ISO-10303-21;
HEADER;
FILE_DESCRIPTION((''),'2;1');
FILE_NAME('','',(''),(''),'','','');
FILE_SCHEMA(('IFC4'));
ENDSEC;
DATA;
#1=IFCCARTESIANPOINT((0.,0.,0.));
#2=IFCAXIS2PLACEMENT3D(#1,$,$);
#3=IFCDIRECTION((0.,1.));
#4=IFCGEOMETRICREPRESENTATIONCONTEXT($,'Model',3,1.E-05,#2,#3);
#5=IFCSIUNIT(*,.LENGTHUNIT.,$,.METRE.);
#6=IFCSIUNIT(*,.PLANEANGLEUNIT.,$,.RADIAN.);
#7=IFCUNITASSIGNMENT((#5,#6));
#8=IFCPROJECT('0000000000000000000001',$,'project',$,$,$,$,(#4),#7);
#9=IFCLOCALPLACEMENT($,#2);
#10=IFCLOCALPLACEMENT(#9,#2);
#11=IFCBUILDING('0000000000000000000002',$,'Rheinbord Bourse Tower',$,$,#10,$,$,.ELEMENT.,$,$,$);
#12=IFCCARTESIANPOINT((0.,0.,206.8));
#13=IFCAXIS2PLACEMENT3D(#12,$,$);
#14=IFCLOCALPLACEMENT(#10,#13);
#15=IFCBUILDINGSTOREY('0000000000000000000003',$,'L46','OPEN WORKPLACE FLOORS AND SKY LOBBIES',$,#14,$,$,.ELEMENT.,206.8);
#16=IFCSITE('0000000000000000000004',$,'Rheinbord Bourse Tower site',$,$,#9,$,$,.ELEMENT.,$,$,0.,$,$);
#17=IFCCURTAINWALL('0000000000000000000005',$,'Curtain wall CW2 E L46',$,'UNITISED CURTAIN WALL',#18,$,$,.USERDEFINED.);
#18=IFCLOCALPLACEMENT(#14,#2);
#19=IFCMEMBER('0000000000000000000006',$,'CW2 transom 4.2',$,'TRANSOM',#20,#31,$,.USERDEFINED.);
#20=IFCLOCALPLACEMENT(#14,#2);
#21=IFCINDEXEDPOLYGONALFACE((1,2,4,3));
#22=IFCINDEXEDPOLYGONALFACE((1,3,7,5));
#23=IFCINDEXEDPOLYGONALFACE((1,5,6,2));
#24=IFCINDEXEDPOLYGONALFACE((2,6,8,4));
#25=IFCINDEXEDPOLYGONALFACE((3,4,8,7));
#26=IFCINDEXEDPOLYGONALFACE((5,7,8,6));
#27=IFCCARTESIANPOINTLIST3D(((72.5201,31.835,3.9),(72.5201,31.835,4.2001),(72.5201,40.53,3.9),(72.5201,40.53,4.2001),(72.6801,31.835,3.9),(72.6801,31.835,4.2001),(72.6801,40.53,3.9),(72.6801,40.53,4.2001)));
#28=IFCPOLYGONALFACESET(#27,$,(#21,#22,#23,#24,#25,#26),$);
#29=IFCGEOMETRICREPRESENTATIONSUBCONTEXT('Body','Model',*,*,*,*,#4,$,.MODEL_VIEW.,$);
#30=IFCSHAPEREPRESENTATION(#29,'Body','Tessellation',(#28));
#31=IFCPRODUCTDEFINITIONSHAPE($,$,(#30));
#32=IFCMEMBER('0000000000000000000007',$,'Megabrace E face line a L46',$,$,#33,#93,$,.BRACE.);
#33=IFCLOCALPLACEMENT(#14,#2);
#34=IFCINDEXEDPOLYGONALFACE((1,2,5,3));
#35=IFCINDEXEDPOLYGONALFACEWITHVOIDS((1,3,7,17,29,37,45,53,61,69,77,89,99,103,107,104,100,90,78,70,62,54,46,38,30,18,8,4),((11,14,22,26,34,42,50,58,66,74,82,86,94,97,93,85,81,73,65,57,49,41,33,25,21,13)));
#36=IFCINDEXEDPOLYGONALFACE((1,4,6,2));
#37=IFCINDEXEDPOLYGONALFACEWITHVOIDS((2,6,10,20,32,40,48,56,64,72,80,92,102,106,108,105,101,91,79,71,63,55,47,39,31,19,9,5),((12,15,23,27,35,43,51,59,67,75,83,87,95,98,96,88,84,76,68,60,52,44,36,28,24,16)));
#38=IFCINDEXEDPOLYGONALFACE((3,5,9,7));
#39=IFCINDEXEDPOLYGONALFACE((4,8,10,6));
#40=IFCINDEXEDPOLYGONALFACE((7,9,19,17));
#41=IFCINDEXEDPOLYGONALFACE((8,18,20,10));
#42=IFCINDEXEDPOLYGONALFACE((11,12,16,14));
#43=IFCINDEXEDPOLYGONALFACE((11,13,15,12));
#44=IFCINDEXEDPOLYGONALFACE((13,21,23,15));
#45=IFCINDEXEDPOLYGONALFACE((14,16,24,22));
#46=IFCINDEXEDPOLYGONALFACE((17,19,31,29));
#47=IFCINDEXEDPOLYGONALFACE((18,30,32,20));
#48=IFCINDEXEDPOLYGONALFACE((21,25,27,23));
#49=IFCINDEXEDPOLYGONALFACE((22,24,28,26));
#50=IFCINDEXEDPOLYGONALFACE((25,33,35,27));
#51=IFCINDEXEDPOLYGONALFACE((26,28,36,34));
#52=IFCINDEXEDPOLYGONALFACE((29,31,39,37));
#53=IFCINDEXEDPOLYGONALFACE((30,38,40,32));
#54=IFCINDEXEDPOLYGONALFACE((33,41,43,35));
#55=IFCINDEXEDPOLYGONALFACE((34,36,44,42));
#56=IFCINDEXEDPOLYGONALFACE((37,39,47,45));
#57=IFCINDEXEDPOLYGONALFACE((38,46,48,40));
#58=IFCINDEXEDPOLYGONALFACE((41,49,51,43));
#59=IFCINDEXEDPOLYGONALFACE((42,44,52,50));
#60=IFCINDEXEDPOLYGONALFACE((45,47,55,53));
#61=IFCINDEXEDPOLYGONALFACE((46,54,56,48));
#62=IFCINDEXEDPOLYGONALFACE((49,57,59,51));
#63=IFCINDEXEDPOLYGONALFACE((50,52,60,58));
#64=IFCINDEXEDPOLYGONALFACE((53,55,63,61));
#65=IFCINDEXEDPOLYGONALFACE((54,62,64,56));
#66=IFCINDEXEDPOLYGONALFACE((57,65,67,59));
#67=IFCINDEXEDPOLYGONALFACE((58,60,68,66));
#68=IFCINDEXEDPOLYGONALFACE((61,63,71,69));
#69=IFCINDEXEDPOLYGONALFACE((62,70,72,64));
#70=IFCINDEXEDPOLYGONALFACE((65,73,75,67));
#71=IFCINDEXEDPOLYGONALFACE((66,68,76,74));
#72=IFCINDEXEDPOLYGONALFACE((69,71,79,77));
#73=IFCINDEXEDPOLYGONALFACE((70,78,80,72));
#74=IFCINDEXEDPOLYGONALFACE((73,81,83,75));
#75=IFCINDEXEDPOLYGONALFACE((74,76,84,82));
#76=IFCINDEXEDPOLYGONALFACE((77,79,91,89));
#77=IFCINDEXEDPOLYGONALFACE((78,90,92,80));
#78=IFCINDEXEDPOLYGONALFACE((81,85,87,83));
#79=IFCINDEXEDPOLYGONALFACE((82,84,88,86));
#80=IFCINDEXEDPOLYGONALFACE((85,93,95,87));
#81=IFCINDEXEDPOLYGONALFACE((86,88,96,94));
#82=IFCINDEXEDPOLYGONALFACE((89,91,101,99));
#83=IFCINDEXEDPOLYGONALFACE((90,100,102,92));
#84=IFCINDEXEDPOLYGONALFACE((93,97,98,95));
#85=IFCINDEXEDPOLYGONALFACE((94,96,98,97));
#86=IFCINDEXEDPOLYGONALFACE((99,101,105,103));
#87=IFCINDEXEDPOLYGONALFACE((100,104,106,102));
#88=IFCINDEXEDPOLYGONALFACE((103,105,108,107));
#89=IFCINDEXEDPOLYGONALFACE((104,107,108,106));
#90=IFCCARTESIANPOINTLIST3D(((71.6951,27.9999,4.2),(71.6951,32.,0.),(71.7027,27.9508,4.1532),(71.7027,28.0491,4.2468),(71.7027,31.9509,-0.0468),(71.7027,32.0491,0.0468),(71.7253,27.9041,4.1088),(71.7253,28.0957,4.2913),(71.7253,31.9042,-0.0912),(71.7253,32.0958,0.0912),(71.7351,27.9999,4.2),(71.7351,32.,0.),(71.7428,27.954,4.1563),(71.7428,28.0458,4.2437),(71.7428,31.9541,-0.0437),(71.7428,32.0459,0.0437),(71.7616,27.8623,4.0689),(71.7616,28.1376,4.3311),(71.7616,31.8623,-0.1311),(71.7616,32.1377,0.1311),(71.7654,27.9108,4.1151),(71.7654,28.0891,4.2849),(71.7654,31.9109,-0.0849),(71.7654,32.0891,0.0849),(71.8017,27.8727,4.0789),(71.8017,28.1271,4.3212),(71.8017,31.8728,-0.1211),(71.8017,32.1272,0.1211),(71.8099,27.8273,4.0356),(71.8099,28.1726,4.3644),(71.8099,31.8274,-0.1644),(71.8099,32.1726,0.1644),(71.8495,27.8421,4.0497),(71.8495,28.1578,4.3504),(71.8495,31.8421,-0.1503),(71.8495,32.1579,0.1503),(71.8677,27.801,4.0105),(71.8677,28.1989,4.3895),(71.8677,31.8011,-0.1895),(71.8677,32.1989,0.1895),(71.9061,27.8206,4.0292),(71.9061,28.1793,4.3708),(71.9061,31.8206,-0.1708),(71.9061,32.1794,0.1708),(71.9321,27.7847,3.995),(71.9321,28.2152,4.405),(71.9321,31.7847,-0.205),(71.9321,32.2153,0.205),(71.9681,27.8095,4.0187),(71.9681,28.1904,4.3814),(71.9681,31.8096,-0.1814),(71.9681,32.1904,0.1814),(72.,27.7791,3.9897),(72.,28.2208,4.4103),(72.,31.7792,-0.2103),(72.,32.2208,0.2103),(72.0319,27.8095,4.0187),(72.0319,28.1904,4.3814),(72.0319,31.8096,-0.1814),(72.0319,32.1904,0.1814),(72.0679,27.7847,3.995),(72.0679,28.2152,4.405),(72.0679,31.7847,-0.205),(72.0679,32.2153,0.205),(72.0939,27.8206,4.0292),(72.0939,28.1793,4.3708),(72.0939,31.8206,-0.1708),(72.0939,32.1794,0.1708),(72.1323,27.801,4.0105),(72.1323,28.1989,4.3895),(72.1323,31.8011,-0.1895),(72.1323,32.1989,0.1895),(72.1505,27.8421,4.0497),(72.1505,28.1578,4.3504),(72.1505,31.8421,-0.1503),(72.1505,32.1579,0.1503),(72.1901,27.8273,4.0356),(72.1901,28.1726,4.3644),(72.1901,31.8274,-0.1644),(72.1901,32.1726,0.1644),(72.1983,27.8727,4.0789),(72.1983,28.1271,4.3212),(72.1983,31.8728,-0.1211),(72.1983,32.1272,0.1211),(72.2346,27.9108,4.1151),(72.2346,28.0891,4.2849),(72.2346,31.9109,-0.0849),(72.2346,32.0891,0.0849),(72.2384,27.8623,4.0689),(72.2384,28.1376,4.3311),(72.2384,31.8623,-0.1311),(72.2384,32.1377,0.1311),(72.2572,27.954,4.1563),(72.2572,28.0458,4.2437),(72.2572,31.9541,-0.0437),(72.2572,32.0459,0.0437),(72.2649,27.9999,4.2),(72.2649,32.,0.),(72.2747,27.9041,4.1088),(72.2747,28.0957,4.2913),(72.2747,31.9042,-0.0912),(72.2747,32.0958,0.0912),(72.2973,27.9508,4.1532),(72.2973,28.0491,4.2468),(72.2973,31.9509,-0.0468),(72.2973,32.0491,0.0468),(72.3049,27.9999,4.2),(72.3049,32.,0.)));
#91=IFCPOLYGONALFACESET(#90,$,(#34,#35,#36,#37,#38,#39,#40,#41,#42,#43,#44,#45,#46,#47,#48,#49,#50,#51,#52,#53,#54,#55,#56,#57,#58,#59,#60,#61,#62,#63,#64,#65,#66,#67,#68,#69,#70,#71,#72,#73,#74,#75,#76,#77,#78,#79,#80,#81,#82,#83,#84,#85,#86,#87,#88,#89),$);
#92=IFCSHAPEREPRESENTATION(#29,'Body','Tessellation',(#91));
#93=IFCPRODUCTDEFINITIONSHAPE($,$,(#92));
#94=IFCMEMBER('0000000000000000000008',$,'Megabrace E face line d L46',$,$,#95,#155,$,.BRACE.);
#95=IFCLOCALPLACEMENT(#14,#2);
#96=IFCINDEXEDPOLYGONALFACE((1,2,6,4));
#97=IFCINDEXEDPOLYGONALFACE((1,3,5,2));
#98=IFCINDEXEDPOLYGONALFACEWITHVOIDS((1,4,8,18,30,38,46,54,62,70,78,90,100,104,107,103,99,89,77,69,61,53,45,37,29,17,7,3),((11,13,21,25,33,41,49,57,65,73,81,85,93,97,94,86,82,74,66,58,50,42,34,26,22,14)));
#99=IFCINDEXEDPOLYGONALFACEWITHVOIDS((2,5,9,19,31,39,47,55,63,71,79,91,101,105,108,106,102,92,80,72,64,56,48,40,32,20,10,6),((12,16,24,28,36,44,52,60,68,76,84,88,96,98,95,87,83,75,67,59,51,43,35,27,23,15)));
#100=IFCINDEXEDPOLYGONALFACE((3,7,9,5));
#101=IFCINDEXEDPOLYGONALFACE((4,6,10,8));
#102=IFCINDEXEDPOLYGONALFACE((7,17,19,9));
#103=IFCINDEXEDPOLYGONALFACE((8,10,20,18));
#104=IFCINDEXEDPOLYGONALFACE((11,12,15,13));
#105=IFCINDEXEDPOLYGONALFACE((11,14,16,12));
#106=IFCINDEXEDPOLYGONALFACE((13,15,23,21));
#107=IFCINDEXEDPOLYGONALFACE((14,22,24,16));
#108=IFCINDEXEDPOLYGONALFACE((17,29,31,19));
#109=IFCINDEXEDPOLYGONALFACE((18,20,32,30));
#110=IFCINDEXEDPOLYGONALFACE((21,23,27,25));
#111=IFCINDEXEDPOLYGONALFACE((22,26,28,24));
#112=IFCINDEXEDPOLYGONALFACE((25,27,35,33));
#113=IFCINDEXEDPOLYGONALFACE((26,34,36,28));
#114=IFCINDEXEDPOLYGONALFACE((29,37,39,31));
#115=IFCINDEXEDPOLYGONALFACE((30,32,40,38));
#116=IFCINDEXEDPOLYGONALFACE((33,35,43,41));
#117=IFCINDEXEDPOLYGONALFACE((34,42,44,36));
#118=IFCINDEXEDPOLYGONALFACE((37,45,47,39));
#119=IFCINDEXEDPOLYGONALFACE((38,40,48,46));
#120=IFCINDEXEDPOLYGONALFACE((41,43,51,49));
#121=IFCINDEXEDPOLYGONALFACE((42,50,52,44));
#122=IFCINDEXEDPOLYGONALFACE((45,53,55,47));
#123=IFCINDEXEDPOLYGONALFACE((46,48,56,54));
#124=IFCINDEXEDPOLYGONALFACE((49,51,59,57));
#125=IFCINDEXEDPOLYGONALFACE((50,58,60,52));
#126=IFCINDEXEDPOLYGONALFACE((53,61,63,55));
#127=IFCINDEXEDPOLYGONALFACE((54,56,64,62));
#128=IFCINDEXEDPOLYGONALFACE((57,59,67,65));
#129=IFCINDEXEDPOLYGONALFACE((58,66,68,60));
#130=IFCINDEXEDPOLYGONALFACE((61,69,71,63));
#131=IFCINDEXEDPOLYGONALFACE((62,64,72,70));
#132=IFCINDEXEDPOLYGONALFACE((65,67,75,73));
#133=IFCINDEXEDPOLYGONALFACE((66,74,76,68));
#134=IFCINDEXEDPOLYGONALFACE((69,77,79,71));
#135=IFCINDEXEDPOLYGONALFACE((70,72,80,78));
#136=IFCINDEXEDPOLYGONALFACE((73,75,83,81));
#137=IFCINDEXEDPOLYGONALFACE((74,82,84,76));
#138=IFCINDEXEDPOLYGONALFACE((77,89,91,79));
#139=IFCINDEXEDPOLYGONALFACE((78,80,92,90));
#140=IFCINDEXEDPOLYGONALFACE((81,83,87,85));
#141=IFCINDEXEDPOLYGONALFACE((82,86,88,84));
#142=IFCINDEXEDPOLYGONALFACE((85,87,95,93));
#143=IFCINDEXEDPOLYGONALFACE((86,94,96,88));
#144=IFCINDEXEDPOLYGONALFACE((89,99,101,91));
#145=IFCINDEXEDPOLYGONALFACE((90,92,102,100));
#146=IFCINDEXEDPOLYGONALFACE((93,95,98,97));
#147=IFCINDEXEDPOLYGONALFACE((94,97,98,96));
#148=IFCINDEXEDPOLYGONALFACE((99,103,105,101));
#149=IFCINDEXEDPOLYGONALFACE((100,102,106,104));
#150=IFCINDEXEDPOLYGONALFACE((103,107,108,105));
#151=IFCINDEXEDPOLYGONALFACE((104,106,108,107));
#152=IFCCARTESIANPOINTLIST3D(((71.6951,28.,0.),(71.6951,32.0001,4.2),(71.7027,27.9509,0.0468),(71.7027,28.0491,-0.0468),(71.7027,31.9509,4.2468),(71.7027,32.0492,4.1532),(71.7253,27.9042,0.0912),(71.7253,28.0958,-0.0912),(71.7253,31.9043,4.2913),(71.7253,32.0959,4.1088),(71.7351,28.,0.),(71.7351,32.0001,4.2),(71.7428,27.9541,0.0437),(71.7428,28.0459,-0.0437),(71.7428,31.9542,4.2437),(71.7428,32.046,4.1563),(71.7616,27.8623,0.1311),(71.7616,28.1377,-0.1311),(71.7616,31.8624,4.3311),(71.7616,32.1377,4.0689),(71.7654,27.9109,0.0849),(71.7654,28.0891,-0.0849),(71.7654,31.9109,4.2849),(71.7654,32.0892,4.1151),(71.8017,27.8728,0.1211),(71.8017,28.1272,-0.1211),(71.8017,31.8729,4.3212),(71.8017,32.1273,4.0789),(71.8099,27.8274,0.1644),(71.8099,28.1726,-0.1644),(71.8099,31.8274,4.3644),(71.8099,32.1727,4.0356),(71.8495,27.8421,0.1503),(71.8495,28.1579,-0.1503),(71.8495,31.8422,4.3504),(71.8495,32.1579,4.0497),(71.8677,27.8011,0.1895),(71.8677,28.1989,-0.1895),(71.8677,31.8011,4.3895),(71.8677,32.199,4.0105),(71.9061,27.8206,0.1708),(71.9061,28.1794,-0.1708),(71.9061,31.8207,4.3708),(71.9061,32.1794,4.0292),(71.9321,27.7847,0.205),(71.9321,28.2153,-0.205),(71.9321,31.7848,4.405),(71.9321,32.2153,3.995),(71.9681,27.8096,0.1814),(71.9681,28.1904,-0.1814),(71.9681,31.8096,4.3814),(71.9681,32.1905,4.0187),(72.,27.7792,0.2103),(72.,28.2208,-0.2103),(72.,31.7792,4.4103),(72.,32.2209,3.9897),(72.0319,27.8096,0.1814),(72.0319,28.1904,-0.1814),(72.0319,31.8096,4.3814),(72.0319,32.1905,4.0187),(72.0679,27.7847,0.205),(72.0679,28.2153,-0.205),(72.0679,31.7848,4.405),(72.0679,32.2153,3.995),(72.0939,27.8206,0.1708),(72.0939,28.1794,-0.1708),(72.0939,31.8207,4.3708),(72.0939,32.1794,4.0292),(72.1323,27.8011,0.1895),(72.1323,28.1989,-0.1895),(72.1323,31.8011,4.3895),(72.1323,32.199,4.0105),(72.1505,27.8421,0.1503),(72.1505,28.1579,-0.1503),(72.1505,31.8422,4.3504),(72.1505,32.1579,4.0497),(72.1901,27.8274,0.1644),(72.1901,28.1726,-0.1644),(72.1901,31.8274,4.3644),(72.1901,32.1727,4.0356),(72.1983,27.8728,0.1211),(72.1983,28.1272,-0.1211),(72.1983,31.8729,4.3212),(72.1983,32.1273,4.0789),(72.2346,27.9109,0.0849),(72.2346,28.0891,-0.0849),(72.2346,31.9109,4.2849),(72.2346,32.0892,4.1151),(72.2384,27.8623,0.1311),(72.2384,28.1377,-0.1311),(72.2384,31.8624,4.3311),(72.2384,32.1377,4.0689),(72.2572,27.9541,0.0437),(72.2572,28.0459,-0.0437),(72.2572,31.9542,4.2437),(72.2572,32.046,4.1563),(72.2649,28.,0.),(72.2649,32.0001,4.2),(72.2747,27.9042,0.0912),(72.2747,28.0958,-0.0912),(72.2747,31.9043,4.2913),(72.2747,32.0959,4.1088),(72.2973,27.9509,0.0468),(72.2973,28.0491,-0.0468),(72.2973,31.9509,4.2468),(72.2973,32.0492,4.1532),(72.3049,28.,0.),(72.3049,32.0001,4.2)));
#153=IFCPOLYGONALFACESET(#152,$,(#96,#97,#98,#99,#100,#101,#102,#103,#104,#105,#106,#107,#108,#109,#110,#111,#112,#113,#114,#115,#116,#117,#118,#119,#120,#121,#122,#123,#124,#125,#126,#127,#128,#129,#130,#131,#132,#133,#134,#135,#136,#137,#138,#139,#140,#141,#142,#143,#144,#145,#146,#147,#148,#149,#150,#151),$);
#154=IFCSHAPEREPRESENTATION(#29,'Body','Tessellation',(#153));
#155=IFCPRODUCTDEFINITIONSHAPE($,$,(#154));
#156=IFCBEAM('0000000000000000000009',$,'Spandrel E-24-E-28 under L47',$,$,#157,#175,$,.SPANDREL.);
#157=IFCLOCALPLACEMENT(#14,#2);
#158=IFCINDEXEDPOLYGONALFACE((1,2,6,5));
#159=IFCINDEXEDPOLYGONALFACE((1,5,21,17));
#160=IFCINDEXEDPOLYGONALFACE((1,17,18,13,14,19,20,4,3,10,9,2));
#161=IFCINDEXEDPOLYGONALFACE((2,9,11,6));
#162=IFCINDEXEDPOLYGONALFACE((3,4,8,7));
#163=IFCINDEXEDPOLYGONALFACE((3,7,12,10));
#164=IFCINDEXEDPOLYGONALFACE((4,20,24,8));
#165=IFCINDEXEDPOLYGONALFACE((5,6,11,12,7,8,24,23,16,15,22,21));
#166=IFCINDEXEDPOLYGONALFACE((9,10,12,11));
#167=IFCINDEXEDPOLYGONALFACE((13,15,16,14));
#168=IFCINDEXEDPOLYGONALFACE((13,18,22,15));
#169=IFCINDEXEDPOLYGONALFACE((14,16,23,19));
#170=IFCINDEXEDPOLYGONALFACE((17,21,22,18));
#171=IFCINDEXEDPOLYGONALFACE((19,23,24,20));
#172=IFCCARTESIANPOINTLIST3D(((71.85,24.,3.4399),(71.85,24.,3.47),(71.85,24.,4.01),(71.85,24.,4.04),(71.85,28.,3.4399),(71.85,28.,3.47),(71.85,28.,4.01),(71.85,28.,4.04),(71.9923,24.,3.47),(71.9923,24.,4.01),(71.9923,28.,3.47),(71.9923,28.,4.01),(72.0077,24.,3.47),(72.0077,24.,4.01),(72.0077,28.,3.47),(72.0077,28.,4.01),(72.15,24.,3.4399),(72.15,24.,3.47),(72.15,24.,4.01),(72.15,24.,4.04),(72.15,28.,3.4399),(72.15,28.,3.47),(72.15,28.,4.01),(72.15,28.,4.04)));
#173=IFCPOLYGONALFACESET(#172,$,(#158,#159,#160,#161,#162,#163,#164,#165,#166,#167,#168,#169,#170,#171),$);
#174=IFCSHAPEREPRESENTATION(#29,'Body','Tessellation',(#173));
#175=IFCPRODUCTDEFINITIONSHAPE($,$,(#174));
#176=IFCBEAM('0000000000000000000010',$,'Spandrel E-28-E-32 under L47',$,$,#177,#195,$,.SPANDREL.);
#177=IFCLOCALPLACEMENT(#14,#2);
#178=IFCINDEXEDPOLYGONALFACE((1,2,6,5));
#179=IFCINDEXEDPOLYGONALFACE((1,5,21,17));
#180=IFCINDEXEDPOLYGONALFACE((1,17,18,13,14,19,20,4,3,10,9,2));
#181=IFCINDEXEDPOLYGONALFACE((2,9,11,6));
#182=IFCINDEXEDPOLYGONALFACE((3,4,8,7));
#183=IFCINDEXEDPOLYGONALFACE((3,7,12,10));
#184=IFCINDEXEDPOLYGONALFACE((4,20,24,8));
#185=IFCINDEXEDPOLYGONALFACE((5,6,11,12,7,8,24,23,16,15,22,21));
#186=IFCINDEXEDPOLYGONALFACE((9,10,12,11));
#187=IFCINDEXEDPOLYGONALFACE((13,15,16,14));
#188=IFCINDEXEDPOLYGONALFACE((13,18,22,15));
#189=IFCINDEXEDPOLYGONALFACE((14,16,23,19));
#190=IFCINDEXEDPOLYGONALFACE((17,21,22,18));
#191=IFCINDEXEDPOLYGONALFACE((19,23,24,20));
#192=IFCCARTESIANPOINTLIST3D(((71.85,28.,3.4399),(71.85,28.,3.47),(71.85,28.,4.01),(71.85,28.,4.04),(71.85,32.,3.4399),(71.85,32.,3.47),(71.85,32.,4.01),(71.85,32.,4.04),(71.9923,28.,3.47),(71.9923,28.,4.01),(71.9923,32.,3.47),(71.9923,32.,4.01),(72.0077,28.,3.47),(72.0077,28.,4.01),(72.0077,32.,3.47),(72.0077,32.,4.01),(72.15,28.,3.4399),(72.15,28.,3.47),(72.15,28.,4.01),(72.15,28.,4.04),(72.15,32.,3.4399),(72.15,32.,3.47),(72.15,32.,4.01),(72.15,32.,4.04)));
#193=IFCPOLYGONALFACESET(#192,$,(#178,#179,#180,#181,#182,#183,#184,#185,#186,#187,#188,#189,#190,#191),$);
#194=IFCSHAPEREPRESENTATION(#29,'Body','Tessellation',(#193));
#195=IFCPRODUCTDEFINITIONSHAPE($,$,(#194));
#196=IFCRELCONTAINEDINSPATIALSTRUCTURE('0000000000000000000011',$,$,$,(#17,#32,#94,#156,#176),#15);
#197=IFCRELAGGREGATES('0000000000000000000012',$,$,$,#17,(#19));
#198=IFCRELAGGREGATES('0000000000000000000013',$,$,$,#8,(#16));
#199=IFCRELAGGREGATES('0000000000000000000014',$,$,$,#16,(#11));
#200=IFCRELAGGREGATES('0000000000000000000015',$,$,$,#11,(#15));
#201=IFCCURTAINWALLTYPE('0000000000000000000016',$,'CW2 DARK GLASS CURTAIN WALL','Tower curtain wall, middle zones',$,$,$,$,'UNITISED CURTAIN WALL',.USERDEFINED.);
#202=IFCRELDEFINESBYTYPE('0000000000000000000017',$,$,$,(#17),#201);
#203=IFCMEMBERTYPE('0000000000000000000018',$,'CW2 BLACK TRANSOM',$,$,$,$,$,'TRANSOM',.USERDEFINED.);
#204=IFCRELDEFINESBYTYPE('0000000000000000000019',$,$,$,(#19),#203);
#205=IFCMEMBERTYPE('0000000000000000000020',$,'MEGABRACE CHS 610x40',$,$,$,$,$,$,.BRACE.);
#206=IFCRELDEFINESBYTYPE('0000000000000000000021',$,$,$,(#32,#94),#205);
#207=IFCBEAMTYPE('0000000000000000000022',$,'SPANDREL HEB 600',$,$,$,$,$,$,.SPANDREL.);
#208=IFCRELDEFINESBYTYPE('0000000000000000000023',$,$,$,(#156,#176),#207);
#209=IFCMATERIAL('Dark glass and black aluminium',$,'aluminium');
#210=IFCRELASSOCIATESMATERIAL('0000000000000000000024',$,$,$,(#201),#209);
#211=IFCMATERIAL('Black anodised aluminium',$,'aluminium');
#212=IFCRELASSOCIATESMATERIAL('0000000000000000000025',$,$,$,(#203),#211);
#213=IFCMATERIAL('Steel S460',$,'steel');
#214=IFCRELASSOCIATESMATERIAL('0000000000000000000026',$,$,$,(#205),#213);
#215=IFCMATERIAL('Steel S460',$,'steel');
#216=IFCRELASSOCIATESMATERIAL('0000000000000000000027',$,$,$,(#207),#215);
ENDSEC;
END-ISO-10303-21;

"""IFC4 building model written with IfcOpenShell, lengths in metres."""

from ifc_helpers import new_model, si_unit, direction, frame, origin, origin_2d, place, context, subcontext, project, spatial, rectangle, hollow_circle, i_section, extrude, material, material_profile, profile_set, type_object, element, aggregate, save


model = new_model("IFC4")

# Units and contexts
model_context = context("Model", 3, precision=1e-05, world=origin(), true_north=direction((0.0, 1.0)))
body_context = subcontext(model_context, "Body", "Model", "MODEL_VIEW")
ifc_project = project(units=[si_unit("LENGTHUNIT", "METRE"), si_unit("PLANEANGLEUNIT", "RADIAN")], contexts=[model_context])

# Site, building, storey
site_placement = place(None, origin())
site = spatial("IfcSite", under=ifc_project, at=site_placement, Name="Rheinbord Bourse Tower site", CompositionType="ELEMENT", RefElevation=0.0)
building_placement = place(site_placement, origin())
building = spatial("IfcBuilding", under=site, at=building_placement, Name="Rheinbord Bourse Tower", CompositionType="ELEMENT")
storey_placement = place(building_placement, frame((0.0, 0.0, 206.8)))
storey = spatial("IfcBuildingStorey", under=building, at=storey_placement, Name="L46", Description="OPEN WORKPLACE FLOORS AND SKY LOBBIES", CompositionType="ELEMENT", Elevation=206.8)

# Curtain wall, member
ifc_material_1 = material(Name="Dark glass and black aluminium", Category="aluminium")
curtain_wall_type = type_object("IfcCurtainWallType", Name="CW2 DARK GLASS CURTAIN WALL", Description="Tower curtain wall, middle zones", ElementType="UNITISED CURTAIN WALL", PredefinedType="USERDEFINED", material=ifc_material_1)
curtain_wall_placement = place(storey_placement, origin())
curtain_wall = element("IfcCurtainWall", 1, at=curtain_wall_placement, inside=storey, type_object=curtain_wall_type, Name="Curtain wall CW2 E L46", ObjectType="UNITISED CURTAIN WALL", PredefinedType="USERDEFINED")
ifc_material_2 = material(Name="Black anodised aluminium", Category="aluminium")
ifc_material_profile_1 = material_profile(ifc_material_2, rectangle(XDim=0.1599, YDim=0.3, at=origin_2d()), Name="CW2 TRANSOM 300x160")
ifc_profile_set_1 = profile_set([ifc_material_profile_1], Name="Black anodised aluminium")
member_type_1 = type_object("IfcMemberType", Name="CW2 BLACK TRANSOM", ElementType="TRANSOM", PredefinedType="USERDEFINED", material=ifc_profile_set_1)
member_1_placement = place(storey_placement, frame((72.6001, 31.835, 4.05), z_axis=(0.0, 1.0, 0.0), x_axis=(-1.0, 0.0, 0.0)))
member_1 = element("IfcMember", 2, at=member_1_placement, type_object=member_type_1, Name="CW2 transom 4.2", ObjectType="TRANSOM", PredefinedType="USERDEFINED", context=body_context, shape_type="SweptSolid", body=[
    extrude(rectangle(XDim=0.1599, YDim=0.3, at=origin_2d()), origin(), (0.0, 0.0, 1.0), 8.6951),
])

# Members
ifc_material_3 = material(Name="Steel S460", Category="steel")
ifc_material_profile_2 = material_profile(ifc_material_3, hollow_circle(Radius=0.3049, WallThickness=0.04, at=origin_2d()), Name="CHS 610x40")
ifc_profile_set_2 = profile_set([ifc_material_profile_2], Name="Steel S460")
member_type_2 = type_object("IfcMemberType", Name="MEGABRACE CHS 610x40", PredefinedType="BRACE", material=ifc_profile_set_2)
for number, where, z_axis, x_axis, name in (
    (3, (72.0, 32.0, 0.0), (0.0, -0.689659, 0.724134), (1.0, 0.0, 0.0), "Megabrace E face line a L46"),
    (4, (72.0, 28.0, 0.0), (0.0, 0.689659, 0.724134), (-1.0, 0.0, 0.0), "Megabrace E face line d L46"),
):
    element("IfcMember", number, at=place(storey_placement, frame(where, z_axis=z_axis, x_axis=x_axis)), inside=storey, type_object=member_type_2, Name=name, PredefinedType="BRACE", context=body_context, shape_type="SweptSolid", body=[
        extrude(hollow_circle(Radius=0.3049, WallThickness=0.04, at=origin_2d()), origin(), (0.0, 0.0, 1.0), 5.8),
    ])

# Beams
ifc_material_4 = material(Name="Steel S460", Category="steel")
ifc_material_profile_3 = material_profile(ifc_material_4, i_section(OverallWidth=0.3, OverallDepth=0.6001, WebThickness=0.0154, FlangeThickness=0.03, at=origin_2d()), Name="HEB 600")
ifc_profile_set_3 = profile_set([ifc_material_profile_3], Name="Steel S460")
beam_type_1 = type_object("IfcBeamType", Name="SPANDREL HEB 600", PredefinedType="SPANDREL", material=ifc_profile_set_3)
for number, where, z_axis, x_axis, name in (
    (5, (72.0, 24.0, 3.74), (0.0, 1.0, 0.0), (-1.0, 0.0, 0.0), "Spandrel E-24-E-28 under L47"),
    (6, (72.0, 28.0, 3.74), (0.0, 1.0, 0.0), (-1.0, 0.0, 0.0), "Spandrel E-28-E-32 under L47"),
):
    element("IfcBeam", number, at=place(storey_placement, frame(where, z_axis=z_axis, x_axis=x_axis)), inside=storey, type_object=beam_type_1, Name=name, PredefinedType="SPANDREL", context=body_context, shape_type="SweptSolid", body=[
        extrude(i_section(OverallWidth=0.3, OverallDepth=0.6001, WebThickness=0.0154, FlangeThickness=0.03, at=origin_2d()), origin(), (0.0, 0.0, 1.0), 4.0),
    ])

aggregate(curtain_wall, [member_1])

save(model, "model.ifc")
